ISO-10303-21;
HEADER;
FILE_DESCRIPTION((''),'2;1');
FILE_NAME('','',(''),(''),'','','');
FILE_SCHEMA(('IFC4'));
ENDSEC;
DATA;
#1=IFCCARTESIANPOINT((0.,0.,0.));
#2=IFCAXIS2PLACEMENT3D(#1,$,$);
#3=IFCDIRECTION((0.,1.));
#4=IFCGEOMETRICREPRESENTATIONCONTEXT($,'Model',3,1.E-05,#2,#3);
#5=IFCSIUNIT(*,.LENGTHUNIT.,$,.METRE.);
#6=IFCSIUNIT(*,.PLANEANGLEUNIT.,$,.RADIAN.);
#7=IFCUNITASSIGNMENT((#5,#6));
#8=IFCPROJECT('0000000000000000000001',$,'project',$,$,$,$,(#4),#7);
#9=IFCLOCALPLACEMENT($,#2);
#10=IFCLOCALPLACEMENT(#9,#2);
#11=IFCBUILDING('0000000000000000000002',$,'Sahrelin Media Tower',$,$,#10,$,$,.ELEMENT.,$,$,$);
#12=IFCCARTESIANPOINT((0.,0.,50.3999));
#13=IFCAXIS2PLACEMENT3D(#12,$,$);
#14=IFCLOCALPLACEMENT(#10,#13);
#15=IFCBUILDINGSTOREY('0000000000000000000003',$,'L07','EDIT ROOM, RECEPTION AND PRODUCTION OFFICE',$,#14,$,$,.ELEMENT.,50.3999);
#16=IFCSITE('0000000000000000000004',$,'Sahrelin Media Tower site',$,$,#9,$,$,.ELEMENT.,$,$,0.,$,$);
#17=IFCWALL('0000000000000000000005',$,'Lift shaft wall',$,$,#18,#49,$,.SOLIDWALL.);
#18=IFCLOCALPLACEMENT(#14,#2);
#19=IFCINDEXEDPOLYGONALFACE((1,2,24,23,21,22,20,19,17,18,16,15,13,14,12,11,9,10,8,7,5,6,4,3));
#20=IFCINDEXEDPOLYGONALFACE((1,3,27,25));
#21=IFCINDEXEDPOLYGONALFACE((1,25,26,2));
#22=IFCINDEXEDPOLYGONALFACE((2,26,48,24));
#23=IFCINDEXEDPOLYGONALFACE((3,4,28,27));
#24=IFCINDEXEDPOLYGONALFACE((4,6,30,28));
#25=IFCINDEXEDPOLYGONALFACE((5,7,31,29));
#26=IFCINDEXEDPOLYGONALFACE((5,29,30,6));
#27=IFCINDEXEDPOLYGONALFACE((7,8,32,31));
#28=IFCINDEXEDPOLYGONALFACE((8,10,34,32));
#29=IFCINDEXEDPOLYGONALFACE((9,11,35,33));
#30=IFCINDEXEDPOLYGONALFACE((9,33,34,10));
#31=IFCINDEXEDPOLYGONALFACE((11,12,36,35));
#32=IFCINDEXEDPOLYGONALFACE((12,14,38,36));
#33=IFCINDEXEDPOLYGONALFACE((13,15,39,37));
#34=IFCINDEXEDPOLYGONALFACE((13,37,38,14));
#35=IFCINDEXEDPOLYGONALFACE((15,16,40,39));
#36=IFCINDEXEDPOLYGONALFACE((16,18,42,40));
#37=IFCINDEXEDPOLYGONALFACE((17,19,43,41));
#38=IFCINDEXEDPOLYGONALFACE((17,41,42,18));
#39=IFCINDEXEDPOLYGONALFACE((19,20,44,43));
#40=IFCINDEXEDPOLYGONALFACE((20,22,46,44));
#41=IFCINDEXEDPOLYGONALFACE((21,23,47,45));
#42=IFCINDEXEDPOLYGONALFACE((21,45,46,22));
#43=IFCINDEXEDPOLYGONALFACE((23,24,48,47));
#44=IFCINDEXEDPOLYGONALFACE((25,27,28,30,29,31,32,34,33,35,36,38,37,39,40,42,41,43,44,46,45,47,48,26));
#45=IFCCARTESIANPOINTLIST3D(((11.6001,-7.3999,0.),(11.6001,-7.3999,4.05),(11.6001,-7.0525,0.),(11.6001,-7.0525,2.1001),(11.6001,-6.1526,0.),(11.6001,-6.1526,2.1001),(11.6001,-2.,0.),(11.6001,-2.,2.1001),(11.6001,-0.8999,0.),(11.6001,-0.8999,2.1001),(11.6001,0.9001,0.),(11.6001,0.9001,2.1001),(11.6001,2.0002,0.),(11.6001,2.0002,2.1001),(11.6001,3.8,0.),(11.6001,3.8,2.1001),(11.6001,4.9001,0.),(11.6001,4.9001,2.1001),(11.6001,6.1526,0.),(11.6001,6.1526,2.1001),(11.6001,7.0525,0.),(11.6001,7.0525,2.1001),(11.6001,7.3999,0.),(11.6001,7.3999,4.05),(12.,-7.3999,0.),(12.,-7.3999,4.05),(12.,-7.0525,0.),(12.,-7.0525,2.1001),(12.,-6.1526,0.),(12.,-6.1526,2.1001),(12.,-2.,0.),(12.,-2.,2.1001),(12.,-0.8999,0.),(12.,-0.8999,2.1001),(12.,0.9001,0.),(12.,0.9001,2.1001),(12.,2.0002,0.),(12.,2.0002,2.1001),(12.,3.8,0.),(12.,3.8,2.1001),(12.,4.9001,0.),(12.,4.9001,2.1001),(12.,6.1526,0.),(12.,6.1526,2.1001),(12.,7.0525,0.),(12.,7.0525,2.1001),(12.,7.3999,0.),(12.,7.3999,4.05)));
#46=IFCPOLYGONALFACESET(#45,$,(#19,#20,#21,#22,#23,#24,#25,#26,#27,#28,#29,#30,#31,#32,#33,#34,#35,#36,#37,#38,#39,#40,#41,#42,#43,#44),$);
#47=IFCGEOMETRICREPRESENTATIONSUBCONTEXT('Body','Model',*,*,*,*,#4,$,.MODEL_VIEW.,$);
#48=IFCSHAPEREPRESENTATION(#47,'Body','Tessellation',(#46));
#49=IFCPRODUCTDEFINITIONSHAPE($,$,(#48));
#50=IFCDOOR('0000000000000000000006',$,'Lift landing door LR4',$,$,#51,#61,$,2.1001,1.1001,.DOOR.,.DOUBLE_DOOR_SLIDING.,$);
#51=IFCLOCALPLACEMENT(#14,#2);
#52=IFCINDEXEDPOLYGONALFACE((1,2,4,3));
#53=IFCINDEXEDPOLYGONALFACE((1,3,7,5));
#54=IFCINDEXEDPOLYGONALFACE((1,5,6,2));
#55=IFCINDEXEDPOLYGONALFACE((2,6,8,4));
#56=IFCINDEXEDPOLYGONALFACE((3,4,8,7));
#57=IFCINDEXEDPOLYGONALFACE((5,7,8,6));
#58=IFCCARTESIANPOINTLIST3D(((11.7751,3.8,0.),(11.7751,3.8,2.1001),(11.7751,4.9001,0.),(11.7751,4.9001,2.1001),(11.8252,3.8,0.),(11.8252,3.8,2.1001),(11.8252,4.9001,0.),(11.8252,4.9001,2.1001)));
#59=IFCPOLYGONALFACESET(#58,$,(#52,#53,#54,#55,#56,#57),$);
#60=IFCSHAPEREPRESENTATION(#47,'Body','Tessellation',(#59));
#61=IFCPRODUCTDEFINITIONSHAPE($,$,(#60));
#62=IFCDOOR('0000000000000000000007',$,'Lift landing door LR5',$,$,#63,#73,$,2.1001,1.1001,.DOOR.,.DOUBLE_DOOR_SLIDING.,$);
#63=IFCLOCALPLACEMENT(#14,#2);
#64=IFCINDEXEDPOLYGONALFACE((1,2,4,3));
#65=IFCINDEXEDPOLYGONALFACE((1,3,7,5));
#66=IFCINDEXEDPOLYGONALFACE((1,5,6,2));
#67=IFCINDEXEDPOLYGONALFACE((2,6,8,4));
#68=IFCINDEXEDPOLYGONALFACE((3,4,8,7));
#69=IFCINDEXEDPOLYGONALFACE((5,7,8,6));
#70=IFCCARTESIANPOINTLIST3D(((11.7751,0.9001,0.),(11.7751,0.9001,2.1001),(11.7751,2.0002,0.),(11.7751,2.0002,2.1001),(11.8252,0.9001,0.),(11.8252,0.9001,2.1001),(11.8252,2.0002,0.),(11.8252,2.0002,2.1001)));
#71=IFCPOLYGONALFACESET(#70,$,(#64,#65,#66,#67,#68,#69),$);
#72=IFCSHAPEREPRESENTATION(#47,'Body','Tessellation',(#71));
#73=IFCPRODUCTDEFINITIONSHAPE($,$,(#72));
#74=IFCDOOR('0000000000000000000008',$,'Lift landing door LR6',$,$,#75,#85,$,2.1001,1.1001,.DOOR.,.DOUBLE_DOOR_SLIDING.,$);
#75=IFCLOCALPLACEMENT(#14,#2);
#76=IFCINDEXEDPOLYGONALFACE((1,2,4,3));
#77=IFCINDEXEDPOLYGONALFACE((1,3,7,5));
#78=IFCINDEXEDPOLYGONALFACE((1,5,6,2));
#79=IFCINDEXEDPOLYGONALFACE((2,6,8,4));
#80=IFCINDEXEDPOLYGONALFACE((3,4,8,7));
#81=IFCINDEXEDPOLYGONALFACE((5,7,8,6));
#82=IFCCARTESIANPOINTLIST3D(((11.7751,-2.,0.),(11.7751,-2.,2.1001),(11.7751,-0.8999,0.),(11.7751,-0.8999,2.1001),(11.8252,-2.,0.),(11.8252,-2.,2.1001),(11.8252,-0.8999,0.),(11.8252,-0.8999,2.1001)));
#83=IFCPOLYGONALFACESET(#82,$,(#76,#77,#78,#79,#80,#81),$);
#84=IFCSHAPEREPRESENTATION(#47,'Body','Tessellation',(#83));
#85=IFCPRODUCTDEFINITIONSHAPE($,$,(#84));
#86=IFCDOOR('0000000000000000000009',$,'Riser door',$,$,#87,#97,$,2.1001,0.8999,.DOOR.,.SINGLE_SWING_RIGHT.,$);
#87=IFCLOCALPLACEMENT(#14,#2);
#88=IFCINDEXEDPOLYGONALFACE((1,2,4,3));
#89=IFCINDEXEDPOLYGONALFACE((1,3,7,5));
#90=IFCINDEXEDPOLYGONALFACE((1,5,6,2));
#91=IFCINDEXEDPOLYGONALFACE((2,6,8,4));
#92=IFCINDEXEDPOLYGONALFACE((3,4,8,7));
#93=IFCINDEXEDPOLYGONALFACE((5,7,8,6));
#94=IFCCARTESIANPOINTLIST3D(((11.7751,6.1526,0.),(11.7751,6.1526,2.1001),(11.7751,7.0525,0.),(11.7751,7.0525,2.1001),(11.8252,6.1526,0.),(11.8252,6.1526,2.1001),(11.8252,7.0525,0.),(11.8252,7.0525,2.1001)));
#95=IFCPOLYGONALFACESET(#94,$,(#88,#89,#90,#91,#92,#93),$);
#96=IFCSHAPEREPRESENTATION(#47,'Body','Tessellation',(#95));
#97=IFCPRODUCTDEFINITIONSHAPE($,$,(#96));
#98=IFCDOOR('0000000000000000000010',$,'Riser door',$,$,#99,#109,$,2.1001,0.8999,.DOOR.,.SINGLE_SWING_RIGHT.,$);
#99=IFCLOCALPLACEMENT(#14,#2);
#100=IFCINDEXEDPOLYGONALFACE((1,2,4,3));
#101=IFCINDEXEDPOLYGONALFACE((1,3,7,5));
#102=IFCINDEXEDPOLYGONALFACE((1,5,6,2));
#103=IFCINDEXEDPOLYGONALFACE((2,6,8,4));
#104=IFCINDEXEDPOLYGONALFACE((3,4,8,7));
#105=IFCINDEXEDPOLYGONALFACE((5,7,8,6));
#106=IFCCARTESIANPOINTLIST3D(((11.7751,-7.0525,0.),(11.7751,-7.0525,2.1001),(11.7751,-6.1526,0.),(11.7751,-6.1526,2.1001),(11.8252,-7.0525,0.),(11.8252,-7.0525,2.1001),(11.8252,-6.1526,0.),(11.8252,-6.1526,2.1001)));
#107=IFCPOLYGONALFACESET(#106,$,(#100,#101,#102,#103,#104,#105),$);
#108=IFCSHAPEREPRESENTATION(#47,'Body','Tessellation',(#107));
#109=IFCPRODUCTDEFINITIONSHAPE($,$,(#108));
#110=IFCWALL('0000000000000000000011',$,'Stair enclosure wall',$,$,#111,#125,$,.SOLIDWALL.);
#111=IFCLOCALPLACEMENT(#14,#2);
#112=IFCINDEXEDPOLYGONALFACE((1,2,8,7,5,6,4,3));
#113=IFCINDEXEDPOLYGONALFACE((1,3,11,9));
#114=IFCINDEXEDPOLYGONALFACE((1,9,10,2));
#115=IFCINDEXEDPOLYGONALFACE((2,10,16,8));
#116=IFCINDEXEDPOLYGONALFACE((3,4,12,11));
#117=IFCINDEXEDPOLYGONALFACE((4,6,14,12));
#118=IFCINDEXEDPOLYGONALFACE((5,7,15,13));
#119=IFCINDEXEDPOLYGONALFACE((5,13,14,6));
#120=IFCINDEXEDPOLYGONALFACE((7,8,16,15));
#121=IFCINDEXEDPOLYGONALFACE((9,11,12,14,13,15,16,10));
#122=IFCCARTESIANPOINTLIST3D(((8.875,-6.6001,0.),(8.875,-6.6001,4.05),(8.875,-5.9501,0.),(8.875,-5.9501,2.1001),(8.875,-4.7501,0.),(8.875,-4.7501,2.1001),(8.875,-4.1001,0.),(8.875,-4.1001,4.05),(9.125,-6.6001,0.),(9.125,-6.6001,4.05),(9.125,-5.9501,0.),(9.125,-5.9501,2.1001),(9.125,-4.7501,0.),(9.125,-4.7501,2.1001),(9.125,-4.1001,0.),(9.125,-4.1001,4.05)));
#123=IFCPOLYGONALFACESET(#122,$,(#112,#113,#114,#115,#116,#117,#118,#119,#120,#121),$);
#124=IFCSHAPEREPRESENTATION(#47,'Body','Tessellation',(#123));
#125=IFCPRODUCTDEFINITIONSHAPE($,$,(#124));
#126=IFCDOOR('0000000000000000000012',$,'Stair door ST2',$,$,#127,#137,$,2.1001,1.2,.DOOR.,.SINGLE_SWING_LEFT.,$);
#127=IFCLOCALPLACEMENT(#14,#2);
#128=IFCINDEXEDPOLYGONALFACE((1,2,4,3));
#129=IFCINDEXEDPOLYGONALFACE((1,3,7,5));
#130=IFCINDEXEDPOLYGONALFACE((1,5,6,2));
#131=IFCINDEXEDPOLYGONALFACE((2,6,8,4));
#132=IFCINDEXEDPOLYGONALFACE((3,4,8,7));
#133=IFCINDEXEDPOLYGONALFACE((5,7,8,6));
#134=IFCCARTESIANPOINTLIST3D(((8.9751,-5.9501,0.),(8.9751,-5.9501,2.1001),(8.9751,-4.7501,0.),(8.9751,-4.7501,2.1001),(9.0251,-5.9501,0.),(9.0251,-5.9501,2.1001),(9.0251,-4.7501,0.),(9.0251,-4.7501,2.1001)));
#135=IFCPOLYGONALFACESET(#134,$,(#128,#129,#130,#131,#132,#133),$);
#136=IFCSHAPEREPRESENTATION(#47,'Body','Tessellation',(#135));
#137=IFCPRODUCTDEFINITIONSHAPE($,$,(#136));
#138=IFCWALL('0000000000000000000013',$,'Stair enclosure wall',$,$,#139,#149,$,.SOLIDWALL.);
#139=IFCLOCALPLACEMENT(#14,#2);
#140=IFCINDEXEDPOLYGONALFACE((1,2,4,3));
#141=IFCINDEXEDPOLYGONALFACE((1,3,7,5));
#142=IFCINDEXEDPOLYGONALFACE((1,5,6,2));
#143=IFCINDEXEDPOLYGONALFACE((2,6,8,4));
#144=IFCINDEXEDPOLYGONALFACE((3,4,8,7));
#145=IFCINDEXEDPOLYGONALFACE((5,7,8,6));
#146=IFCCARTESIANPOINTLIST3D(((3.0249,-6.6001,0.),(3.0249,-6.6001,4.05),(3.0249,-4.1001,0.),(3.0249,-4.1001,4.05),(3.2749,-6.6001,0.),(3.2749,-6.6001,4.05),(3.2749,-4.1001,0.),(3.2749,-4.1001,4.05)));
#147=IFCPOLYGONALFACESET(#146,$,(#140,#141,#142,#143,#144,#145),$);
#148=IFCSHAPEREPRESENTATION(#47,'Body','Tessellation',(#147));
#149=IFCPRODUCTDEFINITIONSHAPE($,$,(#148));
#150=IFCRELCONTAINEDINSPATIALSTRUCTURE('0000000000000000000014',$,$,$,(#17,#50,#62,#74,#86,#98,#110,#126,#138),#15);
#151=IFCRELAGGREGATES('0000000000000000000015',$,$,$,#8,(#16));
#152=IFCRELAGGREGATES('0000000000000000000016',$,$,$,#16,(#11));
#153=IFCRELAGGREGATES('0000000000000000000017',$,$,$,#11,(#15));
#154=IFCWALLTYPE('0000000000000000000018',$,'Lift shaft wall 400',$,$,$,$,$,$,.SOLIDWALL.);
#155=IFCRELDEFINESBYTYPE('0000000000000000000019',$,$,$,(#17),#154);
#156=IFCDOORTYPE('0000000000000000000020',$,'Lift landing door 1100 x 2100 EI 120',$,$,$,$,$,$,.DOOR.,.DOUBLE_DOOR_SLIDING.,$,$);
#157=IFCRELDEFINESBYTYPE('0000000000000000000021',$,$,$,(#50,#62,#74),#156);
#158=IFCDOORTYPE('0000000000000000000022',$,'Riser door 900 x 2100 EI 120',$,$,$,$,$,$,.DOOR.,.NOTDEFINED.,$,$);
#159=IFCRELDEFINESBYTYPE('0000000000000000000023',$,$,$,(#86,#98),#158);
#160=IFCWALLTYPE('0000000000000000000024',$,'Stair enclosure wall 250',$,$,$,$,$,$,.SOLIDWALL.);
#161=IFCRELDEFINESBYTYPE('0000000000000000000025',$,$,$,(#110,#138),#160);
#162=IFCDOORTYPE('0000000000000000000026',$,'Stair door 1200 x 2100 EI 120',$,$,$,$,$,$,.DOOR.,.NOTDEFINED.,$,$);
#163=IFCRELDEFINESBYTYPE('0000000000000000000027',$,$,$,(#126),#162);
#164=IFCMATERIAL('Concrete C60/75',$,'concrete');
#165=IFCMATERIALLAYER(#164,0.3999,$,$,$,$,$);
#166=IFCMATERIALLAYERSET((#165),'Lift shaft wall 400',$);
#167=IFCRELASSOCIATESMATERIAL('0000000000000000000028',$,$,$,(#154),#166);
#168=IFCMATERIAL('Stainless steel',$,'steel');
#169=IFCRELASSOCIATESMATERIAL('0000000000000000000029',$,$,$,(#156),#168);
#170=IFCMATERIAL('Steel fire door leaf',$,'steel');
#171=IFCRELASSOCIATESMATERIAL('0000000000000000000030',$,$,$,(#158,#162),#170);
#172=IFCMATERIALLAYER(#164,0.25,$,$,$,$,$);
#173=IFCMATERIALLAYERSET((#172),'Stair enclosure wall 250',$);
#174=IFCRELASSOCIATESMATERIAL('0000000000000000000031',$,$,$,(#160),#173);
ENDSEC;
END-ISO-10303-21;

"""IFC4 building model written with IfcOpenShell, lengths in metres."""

from ifc_helpers import new_model, si_unit, direction, frame, frame_2d, origin, place, context, subcontext, project, spatial, rectangle, extrude, material, layer, layer_set, type_object, element, fill, save


model = new_model("IFC4")

# Units and contexts
model_context = context("Model", 3, precision=1e-05, world=origin(), true_north=direction((0.0, 1.0)))
body_context = subcontext(model_context, "Body", "Model", "MODEL_VIEW")
ifc_project = project(units=[si_unit("LENGTHUNIT", "METRE"), si_unit("PLANEANGLEUNIT", "RADIAN")], contexts=[model_context])

# Site, building, storey
site_placement = place(None, origin())
site = spatial("IfcSite", under=ifc_project, at=site_placement, Name="Sahrelin Media Tower site", CompositionType="ELEMENT", RefElevation=0.0)
building_placement = place(site_placement, origin())
building = spatial("IfcBuilding", under=site, at=building_placement, Name="Sahrelin Media Tower", CompositionType="ELEMENT")
storey_placement = place(building_placement, frame((0.0, 0.0, 50.3999)))
storey = spatial("IfcBuildingStorey", under=building, at=storey_placement, Name="L07", Description="EDIT ROOM, RECEPTION AND PRODUCTION OFFICE", CompositionType="ELEMENT", Elevation=50.3999)

# Shared definitions
ifc_material_1 = material(Name="Concrete C60/75", Category="concrete")

# Wall, openings, doors
ifc_layer_1 = layer(ifc_material_1, 0.3999)
ifc_layer_set_1 = layer_set([ifc_layer_1], Name="Lift shaft wall 400")
wall_type_1 = type_object("IfcWallType", Name="Lift shaft wall 400", PredefinedType="SOLIDWALL", material=ifc_layer_set_1)
wall_1_placement = place(storey_placement, frame((11.8, -7.3999, 0.0), z_axis=(0.0, 0.0, 1.0), x_axis=(0.0, 1.0, 0.0)))
wall_1 = element("IfcWall", 1, at=wall_1_placement, inside=storey, type_object=wall_type_1, Name="Lift shaft wall", PredefinedType="SOLIDWALL", context=body_context, shape_type="SweptSolid", body=[
    extrude(rectangle(XDim=14.7998, YDim=0.3999, at=frame_2d((7.3999, 0.0))), origin(), (0.0, 0.0, 1.0), 4.05),
])
opening_1_placement = place(wall_1_placement, frame((11.2, 0.0, 0.0)))
opening_1 = element("IfcOpeningElement", 2, at=opening_1_placement, cuts=wall_1, PredefinedType="OPENING", context=body_context, shape_type="SweptSolid", body=[
    extrude(rectangle(XDim=1.1001, YDim=2.1001, at=frame_2d((0.55, 1.05))), frame((0.0, 0.2, 0.0), z_axis=(0.0, -1.0, 0.0), x_axis=(1.0, 0.0, 0.0)), (0.0, 0.0, 1.0), 0.3999),
])
opening_2_placement = place(wall_1_placement, frame((8.3, 0.0, 0.0)))
opening_2 = element("IfcOpeningElement", 3, at=opening_2_placement, cuts=wall_1, PredefinedType="OPENING", context=body_context, shape_type="SweptSolid", body=[
    extrude(rectangle(XDim=1.1001, YDim=2.1001, at=frame_2d((0.55, 1.05))), frame((0.0, 0.2, 0.0), z_axis=(0.0, -1.0, 0.0), x_axis=(1.0, 0.0, 0.0)), (0.0, 0.0, 1.0), 0.3999),
])
opening_3_placement = place(wall_1_placement, frame((5.3999, 0.0, 0.0)))
opening_3 = element("IfcOpeningElement", 4, at=opening_3_placement, cuts=wall_1, PredefinedType="OPENING", context=body_context, shape_type="SweptSolid", body=[
    extrude(rectangle(XDim=1.1001, YDim=2.1001, at=frame_2d((0.55, 1.05))), frame((0.0, 0.2, 0.0), z_axis=(0.0, -1.0, 0.0), x_axis=(1.0, 0.0, 0.0)), (0.0, 0.0, 1.0), 0.3999),
])
opening_4_placement = place(wall_1_placement, frame((13.5525, 0.0, 0.0)))
opening_4 = element("IfcOpeningElement", 5, at=opening_4_placement, cuts=wall_1, PredefinedType="OPENING", context=body_context, shape_type="SweptSolid", body=[
    extrude(rectangle(XDim=0.8999, YDim=2.1001, at=frame_2d((0.45, 1.05))), frame((0.0, 0.2, 0.0), z_axis=(0.0, -1.0, 0.0), x_axis=(1.0, 0.0, 0.0)), (0.0, 0.0, 1.0), 0.3999),
])
opening_5_placement = place(wall_1_placement, frame((0.3474, 0.0, 0.0)))
opening_5 = element("IfcOpeningElement", 6, at=opening_5_placement, cuts=wall_1, PredefinedType="OPENING", context=body_context, shape_type="SweptSolid", body=[
    extrude(rectangle(XDim=0.8999, YDim=2.1001, at=frame_2d((0.45, 1.05))), frame((0.0, 0.2, 0.0), z_axis=(0.0, -1.0, 0.0), x_axis=(1.0, 0.0, 0.0)), (0.0, 0.0, 1.0), 0.3999),
])
ifc_material_2 = material(Name="Stainless steel", Category="steel")
door_type_1 = type_object("IfcDoorType", Name="Lift landing door 1100 x 2100 EI 120", OperationType="DOUBLE_DOOR_SLIDING", PredefinedType="DOOR", material=ifc_material_2)
door_1_placement = place(opening_1_placement, origin())
door_1 = element("IfcDoor", 7, at=door_1_placement, inside=storey, type_object=door_type_1, Name="Lift landing door LR4", OperationType="DOUBLE_DOOR_SLIDING", OverallHeight=2.1001, OverallWidth=1.1001, PredefinedType="DOOR", context=body_context, shape_type="SweptSolid", body=[
    extrude(rectangle(XDim=1.1001, YDim=2.1001, at=frame_2d((0.55, 1.05))), frame((0.0, 0.0249, 0.0), z_axis=(0.0, -1.0, 0.0), x_axis=(1.0, 0.0, 0.0)), (0.0, 0.0, 1.0), 0.05),
])
fill(opening_1, door_1)
door_2_placement = place(opening_2_placement, origin())
door_2 = element("IfcDoor", 8, at=door_2_placement, inside=storey, type_object=door_type_1, Name="Lift landing door LR5", OperationType="DOUBLE_DOOR_SLIDING", OverallHeight=2.1001, OverallWidth=1.1001, PredefinedType="DOOR", context=body_context, shape_type="SweptSolid", body=[
    extrude(rectangle(XDim=1.1001, YDim=2.1001, at=frame_2d((0.55, 1.05))), frame((0.0, 0.0249, 0.0), z_axis=(0.0, -1.0, 0.0), x_axis=(1.0, 0.0, 0.0)), (0.0, 0.0, 1.0), 0.05),
])
fill(opening_2, door_2)
door_3_placement = place(opening_3_placement, origin())
door_3 = element("IfcDoor", 9, at=door_3_placement, inside=storey, type_object=door_type_1, Name="Lift landing door LR6", OperationType="DOUBLE_DOOR_SLIDING", OverallHeight=2.1001, OverallWidth=1.1001, PredefinedType="DOOR", context=body_context, shape_type="SweptSolid", body=[
    extrude(rectangle(XDim=1.1001, YDim=2.1001, at=frame_2d((0.55, 1.05))), frame((0.0, 0.0249, 0.0), z_axis=(0.0, -1.0, 0.0), x_axis=(1.0, 0.0, 0.0)), (0.0, 0.0, 1.0), 0.05),
])
fill(opening_3, door_3)
ifc_material_3 = material(Name="Steel fire door leaf", Category="steel")
door_type_2 = type_object("IfcDoorType", Name="Riser door 900 x 2100 EI 120", OperationType="NOTDEFINED", PredefinedType="DOOR", material=ifc_material_3)
door_4_placement = place(opening_4_placement, origin())
door_4 = element("IfcDoor", 10, at=door_4_placement, inside=storey, type_object=door_type_2, Name="Riser door", OperationType="SINGLE_SWING_RIGHT", OverallHeight=2.1001, OverallWidth=0.8999, PredefinedType="DOOR", context=body_context, shape_type="SweptSolid", body=[
    extrude(rectangle(XDim=0.8999, YDim=2.1001, at=frame_2d((0.45, 1.05))), frame((0.0, 0.0249, 0.0), z_axis=(0.0, -1.0, 0.0), x_axis=(1.0, 0.0, 0.0)), (0.0, 0.0, 1.0), 0.05),
])
fill(opening_4, door_4)
door_5_placement = place(opening_5_placement, origin())
door_5 = element("IfcDoor", 11, at=door_5_placement, inside=storey, type_object=door_type_2, Name="Riser door", OperationType="SINGLE_SWING_RIGHT", OverallHeight=2.1001, OverallWidth=0.8999, PredefinedType="DOOR", context=body_context, shape_type="SweptSolid", body=[
    extrude(rectangle(XDim=0.8999, YDim=2.1001, at=frame_2d((0.45, 1.05))), frame((0.0, 0.0249, 0.0), z_axis=(0.0, -1.0, 0.0), x_axis=(1.0, 0.0, 0.0)), (0.0, 0.0, 1.0), 0.05),
])
fill(opening_5, door_5)

# Wall, opening, door
ifc_layer_2 = layer(ifc_material_1, 0.25)
ifc_layer_set_2 = layer_set([ifc_layer_2], Name="Stair enclosure wall 250")
wall_type_2 = type_object("IfcWallType", Name="Stair enclosure wall 250", PredefinedType="SOLIDWALL", material=ifc_layer_set_2)
wall_2_placement = place(storey_placement, frame((9.0, -6.6001, 0.0), z_axis=(0.0, 0.0, 1.0), x_axis=(0.0, 1.0, 0.0)))
wall_2 = element("IfcWall", 12, at=wall_2_placement, inside=storey, type_object=wall_type_2, Name="Stair enclosure wall", PredefinedType="SOLIDWALL", context=body_context, shape_type="SweptSolid", body=[
    extrude(rectangle(XDim=2.5, YDim=0.25, at=frame_2d((1.25, 0.0))), origin(), (0.0, 0.0, 1.0), 4.05),
])
opening_6_placement = place(wall_2_placement, frame((0.6499, 0.0, 0.0)))
opening_6 = element("IfcOpeningElement", 13, at=opening_6_placement, cuts=wall_2, PredefinedType="OPENING", context=body_context, shape_type="SweptSolid", body=[
    extrude(rectangle(XDim=1.2, YDim=2.1001, at=frame_2d((0.6001, 1.05))), frame((0.0, 0.125, 0.0), z_axis=(0.0, -1.0, 0.0), x_axis=(1.0, 0.0, 0.0)), (0.0, 0.0, 1.0), 0.25),
])
door_type_3 = type_object("IfcDoorType", Name="Stair door 1200 x 2100 EI 120", OperationType="NOTDEFINED", PredefinedType="DOOR", material=ifc_material_3)
door_6_placement = place(opening_6_placement, origin())
door_6 = element("IfcDoor", 14, at=door_6_placement, inside=storey, type_object=door_type_3, Name="Stair door ST2", OperationType="SINGLE_SWING_LEFT", OverallHeight=2.1001, OverallWidth=1.2, PredefinedType="DOOR", context=body_context, shape_type="SweptSolid", body=[
    extrude(rectangle(XDim=1.2, YDim=2.1001, at=frame_2d((0.6001, 1.05))), frame((0.0, 0.0249, 0.0), z_axis=(0.0, -1.0, 0.0), x_axis=(1.0, 0.0, 0.0)), (0.0, 0.0, 1.0), 0.05),
])
fill(opening_6, door_6)

# Wall
wall_3_placement = place(storey_placement, frame((3.1499, -6.6001, 0.0), z_axis=(0.0, 0.0, 1.0), x_axis=(0.0, 1.0, 0.0)))
element("IfcWall", 15, at=wall_3_placement, inside=storey, type_object=wall_type_2, Name="Stair enclosure wall", PredefinedType="SOLIDWALL", context=body_context, shape_type="SweptSolid", body=[
    extrude(rectangle(XDim=2.5, YDim=0.25, at=frame_2d((1.25, 0.0))), origin(), (0.0, 0.0, 1.0), 4.05),
])

save(model, "model.ifc")
